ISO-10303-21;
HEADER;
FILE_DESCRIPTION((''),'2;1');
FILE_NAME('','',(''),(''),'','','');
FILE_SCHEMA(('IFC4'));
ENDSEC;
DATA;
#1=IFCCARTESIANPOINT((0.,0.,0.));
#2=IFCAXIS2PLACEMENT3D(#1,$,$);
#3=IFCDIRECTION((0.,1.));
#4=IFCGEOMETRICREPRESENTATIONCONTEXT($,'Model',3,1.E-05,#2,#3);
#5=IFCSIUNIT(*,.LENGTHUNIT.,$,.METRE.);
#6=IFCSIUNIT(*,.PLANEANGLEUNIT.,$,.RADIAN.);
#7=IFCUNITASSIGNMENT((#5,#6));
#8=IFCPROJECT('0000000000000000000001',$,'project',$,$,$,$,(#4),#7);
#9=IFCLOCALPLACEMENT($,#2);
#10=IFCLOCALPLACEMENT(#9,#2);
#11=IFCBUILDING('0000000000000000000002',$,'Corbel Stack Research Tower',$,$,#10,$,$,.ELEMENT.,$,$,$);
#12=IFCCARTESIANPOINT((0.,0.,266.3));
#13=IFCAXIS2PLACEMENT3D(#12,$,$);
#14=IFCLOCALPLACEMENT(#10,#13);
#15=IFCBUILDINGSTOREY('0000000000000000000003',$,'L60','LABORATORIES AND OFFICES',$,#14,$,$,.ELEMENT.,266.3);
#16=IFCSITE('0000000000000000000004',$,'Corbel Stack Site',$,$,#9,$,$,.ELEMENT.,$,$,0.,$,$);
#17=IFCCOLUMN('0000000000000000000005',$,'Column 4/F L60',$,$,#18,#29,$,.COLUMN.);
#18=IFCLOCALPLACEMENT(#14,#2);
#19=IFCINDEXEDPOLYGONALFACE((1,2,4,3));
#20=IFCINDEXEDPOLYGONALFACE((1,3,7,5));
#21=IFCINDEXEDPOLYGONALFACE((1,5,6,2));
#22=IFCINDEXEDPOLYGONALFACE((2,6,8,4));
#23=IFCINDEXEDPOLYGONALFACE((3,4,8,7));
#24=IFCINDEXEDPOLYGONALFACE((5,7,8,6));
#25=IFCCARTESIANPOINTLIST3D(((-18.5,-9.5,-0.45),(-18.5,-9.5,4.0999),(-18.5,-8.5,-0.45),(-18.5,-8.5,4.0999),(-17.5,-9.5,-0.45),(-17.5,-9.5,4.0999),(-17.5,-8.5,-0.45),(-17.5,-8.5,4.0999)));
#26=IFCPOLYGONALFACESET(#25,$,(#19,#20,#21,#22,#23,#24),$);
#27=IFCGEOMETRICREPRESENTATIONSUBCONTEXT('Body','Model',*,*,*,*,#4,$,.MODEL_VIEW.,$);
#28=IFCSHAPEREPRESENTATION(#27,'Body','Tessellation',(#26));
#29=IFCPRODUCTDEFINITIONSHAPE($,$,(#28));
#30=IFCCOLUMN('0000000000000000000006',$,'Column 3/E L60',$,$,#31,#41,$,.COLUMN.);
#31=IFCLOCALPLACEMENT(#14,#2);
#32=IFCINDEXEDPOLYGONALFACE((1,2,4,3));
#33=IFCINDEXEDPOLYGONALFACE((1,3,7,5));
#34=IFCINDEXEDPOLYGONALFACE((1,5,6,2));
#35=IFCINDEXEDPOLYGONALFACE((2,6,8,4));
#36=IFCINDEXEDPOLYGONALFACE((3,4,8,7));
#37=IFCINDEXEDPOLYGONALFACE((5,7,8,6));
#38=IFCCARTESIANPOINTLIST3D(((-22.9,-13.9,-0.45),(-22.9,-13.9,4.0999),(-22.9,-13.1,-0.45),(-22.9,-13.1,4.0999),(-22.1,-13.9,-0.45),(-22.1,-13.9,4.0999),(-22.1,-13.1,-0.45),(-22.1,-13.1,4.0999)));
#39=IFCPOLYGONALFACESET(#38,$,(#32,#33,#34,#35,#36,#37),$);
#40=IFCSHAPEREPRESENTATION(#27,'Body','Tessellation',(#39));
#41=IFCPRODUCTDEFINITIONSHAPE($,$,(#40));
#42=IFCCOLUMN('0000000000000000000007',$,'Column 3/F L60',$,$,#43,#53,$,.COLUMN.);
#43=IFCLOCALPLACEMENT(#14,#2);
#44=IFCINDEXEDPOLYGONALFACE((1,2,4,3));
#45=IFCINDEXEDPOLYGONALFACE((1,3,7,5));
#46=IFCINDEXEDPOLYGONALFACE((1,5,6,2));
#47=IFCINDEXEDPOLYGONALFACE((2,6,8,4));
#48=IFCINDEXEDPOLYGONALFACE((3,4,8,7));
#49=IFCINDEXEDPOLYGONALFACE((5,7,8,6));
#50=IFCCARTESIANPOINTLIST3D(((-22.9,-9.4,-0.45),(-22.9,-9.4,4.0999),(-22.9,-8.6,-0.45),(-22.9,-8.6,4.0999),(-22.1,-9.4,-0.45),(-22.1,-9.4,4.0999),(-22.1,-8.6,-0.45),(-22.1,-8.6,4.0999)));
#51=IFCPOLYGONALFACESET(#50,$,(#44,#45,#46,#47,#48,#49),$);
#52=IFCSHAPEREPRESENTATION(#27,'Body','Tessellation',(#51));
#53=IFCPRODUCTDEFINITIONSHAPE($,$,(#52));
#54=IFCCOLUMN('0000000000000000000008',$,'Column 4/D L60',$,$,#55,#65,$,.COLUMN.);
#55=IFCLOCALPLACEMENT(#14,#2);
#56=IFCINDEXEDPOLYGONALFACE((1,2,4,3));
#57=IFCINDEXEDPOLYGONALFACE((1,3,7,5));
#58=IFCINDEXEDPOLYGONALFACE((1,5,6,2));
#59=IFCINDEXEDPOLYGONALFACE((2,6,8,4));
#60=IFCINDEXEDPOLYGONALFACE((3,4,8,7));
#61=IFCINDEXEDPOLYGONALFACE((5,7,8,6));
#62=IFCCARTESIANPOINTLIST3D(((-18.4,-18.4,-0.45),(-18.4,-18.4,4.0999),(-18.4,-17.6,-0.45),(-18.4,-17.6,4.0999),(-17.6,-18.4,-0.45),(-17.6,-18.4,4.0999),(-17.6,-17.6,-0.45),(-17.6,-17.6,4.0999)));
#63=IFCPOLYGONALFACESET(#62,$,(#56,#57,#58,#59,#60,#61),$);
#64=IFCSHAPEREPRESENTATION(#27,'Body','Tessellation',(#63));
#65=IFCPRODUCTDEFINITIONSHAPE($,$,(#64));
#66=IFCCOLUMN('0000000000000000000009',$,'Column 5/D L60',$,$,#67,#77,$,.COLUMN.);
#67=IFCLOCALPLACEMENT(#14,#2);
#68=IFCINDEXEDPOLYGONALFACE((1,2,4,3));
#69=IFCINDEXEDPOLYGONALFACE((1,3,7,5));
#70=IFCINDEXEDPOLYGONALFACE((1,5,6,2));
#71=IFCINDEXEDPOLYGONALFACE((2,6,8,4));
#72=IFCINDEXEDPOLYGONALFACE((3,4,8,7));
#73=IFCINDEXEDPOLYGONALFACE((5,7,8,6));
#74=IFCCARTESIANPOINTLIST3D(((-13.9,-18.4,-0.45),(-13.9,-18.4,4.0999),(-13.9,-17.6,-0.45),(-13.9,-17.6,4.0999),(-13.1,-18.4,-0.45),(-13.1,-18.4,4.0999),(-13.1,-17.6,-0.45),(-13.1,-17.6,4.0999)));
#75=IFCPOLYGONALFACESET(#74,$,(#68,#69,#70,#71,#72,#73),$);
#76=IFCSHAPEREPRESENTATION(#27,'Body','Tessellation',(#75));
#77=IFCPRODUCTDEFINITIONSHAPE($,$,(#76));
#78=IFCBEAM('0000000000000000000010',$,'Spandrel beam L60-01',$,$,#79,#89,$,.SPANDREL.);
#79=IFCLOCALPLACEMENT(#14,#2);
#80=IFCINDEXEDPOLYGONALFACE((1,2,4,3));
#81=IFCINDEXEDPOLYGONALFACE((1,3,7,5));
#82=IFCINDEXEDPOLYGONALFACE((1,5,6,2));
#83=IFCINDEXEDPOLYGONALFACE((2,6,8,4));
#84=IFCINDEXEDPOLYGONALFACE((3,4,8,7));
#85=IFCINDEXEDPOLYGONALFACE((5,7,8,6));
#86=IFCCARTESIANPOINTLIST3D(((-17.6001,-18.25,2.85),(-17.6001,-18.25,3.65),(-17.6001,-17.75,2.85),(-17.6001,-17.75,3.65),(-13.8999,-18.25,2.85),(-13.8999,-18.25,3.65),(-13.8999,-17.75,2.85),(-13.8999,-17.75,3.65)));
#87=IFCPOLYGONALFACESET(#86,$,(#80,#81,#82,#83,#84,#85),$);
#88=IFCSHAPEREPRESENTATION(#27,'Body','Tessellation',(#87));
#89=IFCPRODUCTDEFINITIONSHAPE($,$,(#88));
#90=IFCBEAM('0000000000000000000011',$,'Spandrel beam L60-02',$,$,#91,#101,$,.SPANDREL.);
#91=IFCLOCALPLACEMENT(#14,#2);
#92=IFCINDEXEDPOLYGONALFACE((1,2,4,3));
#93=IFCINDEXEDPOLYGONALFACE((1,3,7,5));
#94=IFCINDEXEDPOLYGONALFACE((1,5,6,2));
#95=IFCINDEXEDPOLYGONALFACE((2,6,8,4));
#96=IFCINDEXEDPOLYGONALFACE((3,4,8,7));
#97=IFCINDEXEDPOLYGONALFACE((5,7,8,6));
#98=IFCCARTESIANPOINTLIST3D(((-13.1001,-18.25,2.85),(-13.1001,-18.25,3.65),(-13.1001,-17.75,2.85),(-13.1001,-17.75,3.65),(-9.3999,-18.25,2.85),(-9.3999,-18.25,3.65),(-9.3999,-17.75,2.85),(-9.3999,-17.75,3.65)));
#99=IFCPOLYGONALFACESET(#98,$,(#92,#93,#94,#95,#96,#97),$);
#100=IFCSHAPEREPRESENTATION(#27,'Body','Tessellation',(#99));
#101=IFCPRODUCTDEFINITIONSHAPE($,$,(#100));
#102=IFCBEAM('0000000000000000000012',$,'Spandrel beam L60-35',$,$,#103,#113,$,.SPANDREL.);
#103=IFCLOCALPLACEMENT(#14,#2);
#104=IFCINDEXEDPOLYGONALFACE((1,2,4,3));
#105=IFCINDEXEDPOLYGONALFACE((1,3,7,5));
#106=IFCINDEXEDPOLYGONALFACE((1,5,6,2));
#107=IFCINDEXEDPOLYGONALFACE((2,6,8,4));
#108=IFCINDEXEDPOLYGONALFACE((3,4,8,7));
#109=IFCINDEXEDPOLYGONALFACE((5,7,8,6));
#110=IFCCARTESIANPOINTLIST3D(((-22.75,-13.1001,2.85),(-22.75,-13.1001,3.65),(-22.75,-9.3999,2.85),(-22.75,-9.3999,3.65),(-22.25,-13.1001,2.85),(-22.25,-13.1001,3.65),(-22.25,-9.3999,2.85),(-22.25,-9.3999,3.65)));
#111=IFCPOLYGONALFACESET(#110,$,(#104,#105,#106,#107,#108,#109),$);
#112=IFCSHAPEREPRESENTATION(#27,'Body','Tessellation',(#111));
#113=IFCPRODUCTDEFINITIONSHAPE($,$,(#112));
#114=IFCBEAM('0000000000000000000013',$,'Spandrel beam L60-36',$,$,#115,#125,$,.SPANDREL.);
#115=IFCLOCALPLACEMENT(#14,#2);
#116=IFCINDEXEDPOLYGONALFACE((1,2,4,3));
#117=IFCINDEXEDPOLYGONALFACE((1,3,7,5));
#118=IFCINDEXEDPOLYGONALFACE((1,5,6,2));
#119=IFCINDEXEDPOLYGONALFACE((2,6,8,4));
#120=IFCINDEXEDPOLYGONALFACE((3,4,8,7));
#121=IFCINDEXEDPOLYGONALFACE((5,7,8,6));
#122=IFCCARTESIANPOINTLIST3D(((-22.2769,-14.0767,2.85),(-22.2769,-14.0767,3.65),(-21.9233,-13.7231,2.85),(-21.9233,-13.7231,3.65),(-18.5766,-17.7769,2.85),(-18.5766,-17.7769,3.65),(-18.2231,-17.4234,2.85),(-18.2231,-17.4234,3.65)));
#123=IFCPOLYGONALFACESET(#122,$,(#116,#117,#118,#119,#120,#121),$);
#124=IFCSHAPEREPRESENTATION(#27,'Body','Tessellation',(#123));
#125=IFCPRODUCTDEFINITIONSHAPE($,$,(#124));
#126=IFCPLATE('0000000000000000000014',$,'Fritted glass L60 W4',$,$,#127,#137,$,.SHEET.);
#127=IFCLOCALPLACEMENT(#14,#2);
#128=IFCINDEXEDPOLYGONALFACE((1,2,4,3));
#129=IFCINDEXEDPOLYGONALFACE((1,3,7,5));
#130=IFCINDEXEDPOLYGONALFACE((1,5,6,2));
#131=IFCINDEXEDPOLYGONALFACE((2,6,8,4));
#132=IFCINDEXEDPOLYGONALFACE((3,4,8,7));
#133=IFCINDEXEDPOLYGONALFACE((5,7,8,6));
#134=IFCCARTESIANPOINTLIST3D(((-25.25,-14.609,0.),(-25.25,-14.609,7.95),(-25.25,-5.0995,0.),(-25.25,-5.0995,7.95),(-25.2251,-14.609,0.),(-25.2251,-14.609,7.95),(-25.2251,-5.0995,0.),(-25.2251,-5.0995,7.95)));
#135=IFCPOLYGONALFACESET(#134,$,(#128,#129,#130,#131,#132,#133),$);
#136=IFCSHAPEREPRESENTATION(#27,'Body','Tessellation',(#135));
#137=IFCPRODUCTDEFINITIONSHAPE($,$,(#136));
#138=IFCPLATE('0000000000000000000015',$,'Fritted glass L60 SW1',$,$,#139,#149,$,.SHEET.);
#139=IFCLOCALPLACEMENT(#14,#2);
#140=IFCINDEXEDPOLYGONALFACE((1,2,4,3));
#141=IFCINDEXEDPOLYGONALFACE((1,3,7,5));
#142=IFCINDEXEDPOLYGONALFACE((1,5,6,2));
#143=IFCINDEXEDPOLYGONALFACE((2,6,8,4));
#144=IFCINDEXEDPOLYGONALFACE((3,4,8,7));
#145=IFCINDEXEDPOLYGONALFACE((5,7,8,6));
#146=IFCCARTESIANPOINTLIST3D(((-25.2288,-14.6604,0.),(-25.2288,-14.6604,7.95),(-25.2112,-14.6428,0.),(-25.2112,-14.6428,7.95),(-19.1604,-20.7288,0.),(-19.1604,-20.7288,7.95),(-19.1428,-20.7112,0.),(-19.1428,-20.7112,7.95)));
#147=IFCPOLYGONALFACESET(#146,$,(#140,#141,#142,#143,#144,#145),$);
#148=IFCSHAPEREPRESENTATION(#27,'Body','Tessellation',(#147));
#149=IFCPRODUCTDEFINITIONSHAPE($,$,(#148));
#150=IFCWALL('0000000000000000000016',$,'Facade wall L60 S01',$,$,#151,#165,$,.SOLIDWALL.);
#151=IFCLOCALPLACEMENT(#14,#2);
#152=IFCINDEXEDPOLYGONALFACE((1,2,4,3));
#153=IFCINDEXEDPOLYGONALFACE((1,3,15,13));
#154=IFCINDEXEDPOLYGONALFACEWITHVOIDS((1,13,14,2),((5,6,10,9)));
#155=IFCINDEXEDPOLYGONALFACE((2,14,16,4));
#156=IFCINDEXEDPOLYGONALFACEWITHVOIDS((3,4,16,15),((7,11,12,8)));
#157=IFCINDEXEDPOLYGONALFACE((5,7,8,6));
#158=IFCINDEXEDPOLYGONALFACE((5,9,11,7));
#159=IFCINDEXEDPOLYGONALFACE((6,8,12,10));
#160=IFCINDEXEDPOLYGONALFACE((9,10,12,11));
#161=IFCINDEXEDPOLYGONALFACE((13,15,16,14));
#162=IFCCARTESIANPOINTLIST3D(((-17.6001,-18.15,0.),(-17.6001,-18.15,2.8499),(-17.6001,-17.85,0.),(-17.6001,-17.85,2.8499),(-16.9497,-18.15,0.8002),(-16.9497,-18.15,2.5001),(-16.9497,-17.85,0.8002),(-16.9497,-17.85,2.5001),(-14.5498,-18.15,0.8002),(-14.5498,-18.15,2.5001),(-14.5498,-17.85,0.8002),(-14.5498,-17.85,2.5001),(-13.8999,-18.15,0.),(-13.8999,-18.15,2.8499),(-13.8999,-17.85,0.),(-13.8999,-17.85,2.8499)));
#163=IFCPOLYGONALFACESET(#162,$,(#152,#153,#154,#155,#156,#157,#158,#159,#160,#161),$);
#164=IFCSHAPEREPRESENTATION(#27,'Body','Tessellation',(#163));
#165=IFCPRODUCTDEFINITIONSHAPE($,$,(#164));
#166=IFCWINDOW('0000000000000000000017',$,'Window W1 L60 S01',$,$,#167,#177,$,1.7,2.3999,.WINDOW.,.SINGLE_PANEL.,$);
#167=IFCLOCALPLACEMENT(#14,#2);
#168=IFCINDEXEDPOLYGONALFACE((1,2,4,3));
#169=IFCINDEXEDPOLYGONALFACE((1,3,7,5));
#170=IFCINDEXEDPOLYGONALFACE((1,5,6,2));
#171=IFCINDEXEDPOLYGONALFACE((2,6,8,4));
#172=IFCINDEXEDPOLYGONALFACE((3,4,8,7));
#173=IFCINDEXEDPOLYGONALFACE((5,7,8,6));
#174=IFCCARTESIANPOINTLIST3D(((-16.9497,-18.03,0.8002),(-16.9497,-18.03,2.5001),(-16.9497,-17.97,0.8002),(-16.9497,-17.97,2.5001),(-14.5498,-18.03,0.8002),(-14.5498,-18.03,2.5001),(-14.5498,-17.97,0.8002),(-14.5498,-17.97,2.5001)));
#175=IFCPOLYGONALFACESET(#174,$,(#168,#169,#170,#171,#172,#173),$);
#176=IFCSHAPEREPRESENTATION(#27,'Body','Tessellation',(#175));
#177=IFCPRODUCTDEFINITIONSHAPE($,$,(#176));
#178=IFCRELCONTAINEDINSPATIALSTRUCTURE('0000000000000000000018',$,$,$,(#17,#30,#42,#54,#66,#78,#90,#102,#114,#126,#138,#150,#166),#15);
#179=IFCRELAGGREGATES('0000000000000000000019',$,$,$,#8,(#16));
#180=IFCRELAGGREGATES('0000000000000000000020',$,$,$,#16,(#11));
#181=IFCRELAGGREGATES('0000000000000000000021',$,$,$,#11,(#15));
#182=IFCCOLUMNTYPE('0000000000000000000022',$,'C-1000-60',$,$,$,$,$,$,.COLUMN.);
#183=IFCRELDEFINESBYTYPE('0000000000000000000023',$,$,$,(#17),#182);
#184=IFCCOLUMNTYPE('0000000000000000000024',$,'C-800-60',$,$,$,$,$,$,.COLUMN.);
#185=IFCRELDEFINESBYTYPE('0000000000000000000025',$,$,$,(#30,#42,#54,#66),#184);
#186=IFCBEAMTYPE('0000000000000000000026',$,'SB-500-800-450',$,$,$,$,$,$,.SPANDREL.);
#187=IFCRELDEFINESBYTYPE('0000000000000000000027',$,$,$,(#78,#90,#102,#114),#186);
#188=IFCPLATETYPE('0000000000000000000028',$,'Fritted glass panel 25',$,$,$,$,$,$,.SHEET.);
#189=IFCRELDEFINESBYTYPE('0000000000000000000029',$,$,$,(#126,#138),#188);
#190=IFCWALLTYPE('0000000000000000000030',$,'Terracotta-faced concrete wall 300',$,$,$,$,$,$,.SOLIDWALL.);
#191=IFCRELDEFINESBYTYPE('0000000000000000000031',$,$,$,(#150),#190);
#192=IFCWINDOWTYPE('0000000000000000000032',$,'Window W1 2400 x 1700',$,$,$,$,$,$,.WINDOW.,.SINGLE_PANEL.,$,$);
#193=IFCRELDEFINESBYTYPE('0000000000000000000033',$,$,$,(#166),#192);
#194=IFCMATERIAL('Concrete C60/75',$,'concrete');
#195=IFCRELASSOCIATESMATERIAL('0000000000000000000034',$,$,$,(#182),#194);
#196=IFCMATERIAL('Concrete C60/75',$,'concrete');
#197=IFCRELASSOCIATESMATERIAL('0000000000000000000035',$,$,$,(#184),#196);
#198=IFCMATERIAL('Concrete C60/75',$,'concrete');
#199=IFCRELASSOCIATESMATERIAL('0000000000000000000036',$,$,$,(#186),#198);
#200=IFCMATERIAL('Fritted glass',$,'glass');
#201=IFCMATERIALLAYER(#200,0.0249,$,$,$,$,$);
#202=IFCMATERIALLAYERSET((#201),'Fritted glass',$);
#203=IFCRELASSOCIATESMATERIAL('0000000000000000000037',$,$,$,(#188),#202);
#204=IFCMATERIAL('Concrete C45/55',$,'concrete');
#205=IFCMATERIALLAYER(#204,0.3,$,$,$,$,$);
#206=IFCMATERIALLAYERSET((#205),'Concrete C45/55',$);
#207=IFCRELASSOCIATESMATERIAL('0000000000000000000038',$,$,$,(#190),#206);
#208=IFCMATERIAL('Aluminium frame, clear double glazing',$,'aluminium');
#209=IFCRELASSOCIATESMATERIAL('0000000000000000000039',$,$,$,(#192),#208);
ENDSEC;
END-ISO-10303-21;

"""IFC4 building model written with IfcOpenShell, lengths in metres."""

from ifc_helpers import new_model, si_unit, direction, frame, frame_2d, origin, origin_2d, place, context, subcontext, project, spatial, rectangle, extrude, material, layer, layer_set, material_profile, profile_set, type_object, element, fill, save


model = new_model("IFC4")

# Units and contexts
model_context = context("Model", 3, precision=1e-05, world=origin(), true_north=direction((0.0, 1.0)))
body_context = subcontext(model_context, "Body", "Model", "MODEL_VIEW")
ifc_project = project(units=[si_unit("LENGTHUNIT", "METRE"), si_unit("PLANEANGLEUNIT", "RADIAN")], contexts=[model_context])

# Site, building, storey
site_placement = place(None, origin())
site = spatial("IfcSite", under=ifc_project, at=site_placement, Name="Corbel Stack Site", CompositionType="ELEMENT", RefElevation=0.0)
building_placement = place(site_placement, origin())
building = spatial("IfcBuilding", under=site, at=building_placement, Name="Corbel Stack Research Tower", CompositionType="ELEMENT")
storey_placement = place(building_placement, frame((0.0, 0.0, 266.3)))
storey = spatial("IfcBuildingStorey", under=building, at=storey_placement, Name="L60", Description="LABORATORIES AND OFFICES", CompositionType="ELEMENT", Elevation=266.3)

# Columns
ifc_material_1 = material(Name="Concrete C60/75", Category="concrete")
ifc_material_profile_1 = material_profile(ifc_material_1, rectangle(XDim=1.0, YDim=1.0, at=origin_2d()), Name="RC 1000 x 1000")
ifc_profile_set_1 = profile_set([ifc_material_profile_1], Name="Concrete C60/75")
column_type_1 = type_object("IfcColumnType", Name="C-1000-60", PredefinedType="COLUMN", material=ifc_profile_set_1)
column_placement = place(storey_placement, frame((-18.0, -9.0, -0.45), z_axis=(0.0, 0.0, 1.0), x_axis=(1.0, 0.0, 0.0)))
element("IfcColumn", 1, at=column_placement, inside=storey, type_object=column_type_1, Name="Column 4/F L60", PredefinedType="COLUMN", context=body_context, shape_type="SweptSolid", body=[
    extrude(rectangle(XDim=1.0, YDim=1.0, at=origin_2d()), origin(), (0.0, 0.0, 1.0), 4.5498),
])
ifc_material_2 = material(Name="Concrete C60/75", Category="concrete")
ifc_material_profile_2 = material_profile(ifc_material_2, rectangle(XDim=0.8, YDim=0.8, at=origin_2d()), Name="RC 800 x 800")
ifc_profile_set_2 = profile_set([ifc_material_profile_2], Name="Concrete C60/75")
column_type_2 = type_object("IfcColumnType", Name="C-800-60", PredefinedType="COLUMN", material=ifc_profile_set_2)
for number, where, z_axis, x_axis, name in (
    (2, (-22.5, -13.5, -0.45), (0.0, 0.0, 1.0), (1.0, 0.0, 0.0), "Column 3/E L60"),
    (3, (-22.5, -9.0, -0.45), (0.0, 0.0, 1.0), (1.0, 0.0, 0.0), "Column 3/F L60"),
    (4, (-18.0, -18.0, -0.45), (0.0, 0.0, 1.0), (1.0, 0.0, 0.0), "Column 4/D L60"),
    (5, (-13.5, -18.0, -0.45), (0.0, 0.0, 1.0), (1.0, 0.0, 0.0), "Column 5/D L60"),
):
    element("IfcColumn", number, at=place(storey_placement, frame(where, z_axis=z_axis, x_axis=x_axis)), inside=storey, type_object=column_type_2, Name=name, PredefinedType="COLUMN", context=body_context, shape_type="SweptSolid", body=[
        extrude(rectangle(XDim=0.8, YDim=0.8, at=origin_2d()), origin(), (0.0, 0.0, 1.0), 4.5498),
    ])

# Beams
ifc_material_3 = material(Name="Concrete C60/75", Category="concrete")
ifc_material_profile_3 = material_profile(ifc_material_3, rectangle(XDim=0.5, YDim=0.8, at=origin_2d()), Name="RC 500 x 800")
ifc_profile_set_3 = profile_set([ifc_material_profile_3], Name="Concrete C60/75")
beam_type = type_object("IfcBeamType", Name="SB-500-800-450", PredefinedType="SPANDREL", material=ifc_profile_set_3)
for number, where, z_axis, x_axis, name in (
    (6, (-17.6001, -18.0, 3.25), (1.0, 0.0, 0.0), (0.0, 1.0, 0.0), "Spandrel beam L60-01"),
    (7, (-13.1001, -18.0, 3.25), (1.0, 0.0, 0.0), (0.0, 1.0, 0.0), "Spandrel beam L60-02"),
    (8, (-22.5, -9.3999, 3.25), (0.0, -1.0, 0.0), (1.0, 0.0, 0.0), "Spandrel beam L60-35"),
):
    element("IfcBeam", number, at=place(storey_placement, frame(where, z_axis=z_axis, x_axis=x_axis)), inside=storey, type_object=beam_type, Name=name, PredefinedType="SPANDREL", context=body_context, shape_type="SweptSolid", body=[
        extrude(rectangle(XDim=0.5, YDim=0.8, at=origin_2d()), origin(), (0.0, 0.0, 1.0), 3.7002),
    ])
beam_placement = place(storey_placement, frame((-22.1001, -13.8999, 3.25), z_axis=(0.707107, -0.707107, 0.0), x_axis=(0.707107, 0.707107, 0.0)))
element("IfcBeam", 9, at=beam_placement, inside=storey, type_object=beam_type, Name="Spandrel beam L60-36", PredefinedType="SPANDREL", context=body_context, shape_type="SweptSolid", body=[
    extrude(rectangle(XDim=0.5, YDim=0.8, at=origin_2d()), origin(), (0.0, 0.0, 1.0), 5.2329),
])

# Plates
ifc_material_4 = material(Name="Fritted glass", Category="glass")
ifc_layer_1 = layer(ifc_material_4, 0.0249)
ifc_layer_set_1 = layer_set([ifc_layer_1], Name="Fritted glass")
plate_type = type_object("IfcPlateType", Name="Fritted glass panel 25", PredefinedType="SHEET", material=ifc_layer_set_1)
plate_1_placement = place(storey_placement, frame((-25.2375, -9.8542, 0.0), z_axis=(0.0, 0.0, 1.0), x_axis=(0.0, -1.0, 0.0)))
element("IfcPlate", 10, at=plate_1_placement, inside=storey, type_object=plate_type, Name="Fritted glass L60 W4", PredefinedType="SHEET", context=body_context, shape_type="SweptSolid", body=[
    extrude(rectangle(XDim=9.5095, YDim=0.0249, at=origin_2d()), origin(), (0.0, 0.0, 1.0), 7.95),
])
plate_2_placement = place(storey_placement, frame((-22.1858, -17.6858, 0.0), z_axis=(0.0, 0.0, 1.0), x_axis=(0.707107, -0.707107, 0.0)))
element("IfcPlate", 11, at=plate_2_placement, inside=storey, type_object=plate_type, Name="Fritted glass L60 SW1", PredefinedType="SHEET", context=body_context, shape_type="SweptSolid", body=[
    extrude(rectangle(XDim=8.582, YDim=0.0249, at=origin_2d()), origin(), (0.0, 0.0, 1.0), 7.95),
])

# Wall, opening, window
ifc_material_5 = material(Name="Concrete C45/55", Category="concrete")
ifc_layer_2 = layer(ifc_material_5, 0.3)
ifc_layer_set_2 = layer_set([ifc_layer_2], Name="Concrete C45/55")
wall_type = type_object("IfcWallType", Name="Terracotta-faced concrete wall 300", PredefinedType="SOLIDWALL", material=ifc_layer_set_2)
wall_1_placement = place(storey_placement, frame((-13.8999, -18.0, 0.0), z_axis=(0.0, 0.0, 1.0), x_axis=(-1.0, 0.0, 0.0)))
wall_1 = element("IfcWall", 12, at=wall_1_placement, inside=storey, type_object=wall_type, Name="Facade wall L60 S01", PredefinedType="SOLIDWALL", context=body_context, shape_type="SweptSolid", body=[
    extrude(rectangle(XDim=3.7002, YDim=0.3, at=frame_2d((1.8501, 0.0))), origin(), (0.0, 0.0, 1.0), 2.8499),
])
opening_1_placement = place(wall_1_placement, frame((0.6499, 0.0, 0.8)))
opening_1 = element("IfcOpeningElement", 13, at=opening_1_placement, cuts=wall_1, PredefinedType="OPENING", context=body_context, shape_type="SweptSolid", body=[
    extrude(rectangle(XDim=2.3999, YDim=1.7, at=frame_2d((1.2, 0.8501))), frame((0.0, 0.1599, 0.0), z_axis=(0.0, -1.0, 0.0), x_axis=(1.0, 0.0, 0.0)), (0.0, 0.0, 1.0), 0.3201),
])
ifc_material_6 = material(Name="Aluminium frame, clear double glazing", Category="aluminium")
window_type = type_object("IfcWindowType", Name="Window W1 2400 x 1700", PartitioningType="SINGLE_PANEL", PredefinedType="WINDOW", material=ifc_material_6)
window_1_placement = place(opening_1_placement, origin())
window_1 = element("IfcWindow", 14, at=window_1_placement, inside=storey, type_object=window_type, Name="Window W1 L60 S01", OverallHeight=1.7, OverallWidth=2.3999, PartitioningType="SINGLE_PANEL", PredefinedType="WINDOW", context=body_context, shape_type="SweptSolid", body=[
    extrude(rectangle(XDim=2.3999, YDim=1.7, at=frame_2d((1.2, 0.8501))), frame((0.0, 0.03, 0.0), z_axis=(0.0, -1.0, 0.0), x_axis=(1.0, 0.0, 0.0)), (0.0, 0.0, 1.0), 0.0601),
])
fill(opening_1, window_1)

save(model, "model.ifc")
